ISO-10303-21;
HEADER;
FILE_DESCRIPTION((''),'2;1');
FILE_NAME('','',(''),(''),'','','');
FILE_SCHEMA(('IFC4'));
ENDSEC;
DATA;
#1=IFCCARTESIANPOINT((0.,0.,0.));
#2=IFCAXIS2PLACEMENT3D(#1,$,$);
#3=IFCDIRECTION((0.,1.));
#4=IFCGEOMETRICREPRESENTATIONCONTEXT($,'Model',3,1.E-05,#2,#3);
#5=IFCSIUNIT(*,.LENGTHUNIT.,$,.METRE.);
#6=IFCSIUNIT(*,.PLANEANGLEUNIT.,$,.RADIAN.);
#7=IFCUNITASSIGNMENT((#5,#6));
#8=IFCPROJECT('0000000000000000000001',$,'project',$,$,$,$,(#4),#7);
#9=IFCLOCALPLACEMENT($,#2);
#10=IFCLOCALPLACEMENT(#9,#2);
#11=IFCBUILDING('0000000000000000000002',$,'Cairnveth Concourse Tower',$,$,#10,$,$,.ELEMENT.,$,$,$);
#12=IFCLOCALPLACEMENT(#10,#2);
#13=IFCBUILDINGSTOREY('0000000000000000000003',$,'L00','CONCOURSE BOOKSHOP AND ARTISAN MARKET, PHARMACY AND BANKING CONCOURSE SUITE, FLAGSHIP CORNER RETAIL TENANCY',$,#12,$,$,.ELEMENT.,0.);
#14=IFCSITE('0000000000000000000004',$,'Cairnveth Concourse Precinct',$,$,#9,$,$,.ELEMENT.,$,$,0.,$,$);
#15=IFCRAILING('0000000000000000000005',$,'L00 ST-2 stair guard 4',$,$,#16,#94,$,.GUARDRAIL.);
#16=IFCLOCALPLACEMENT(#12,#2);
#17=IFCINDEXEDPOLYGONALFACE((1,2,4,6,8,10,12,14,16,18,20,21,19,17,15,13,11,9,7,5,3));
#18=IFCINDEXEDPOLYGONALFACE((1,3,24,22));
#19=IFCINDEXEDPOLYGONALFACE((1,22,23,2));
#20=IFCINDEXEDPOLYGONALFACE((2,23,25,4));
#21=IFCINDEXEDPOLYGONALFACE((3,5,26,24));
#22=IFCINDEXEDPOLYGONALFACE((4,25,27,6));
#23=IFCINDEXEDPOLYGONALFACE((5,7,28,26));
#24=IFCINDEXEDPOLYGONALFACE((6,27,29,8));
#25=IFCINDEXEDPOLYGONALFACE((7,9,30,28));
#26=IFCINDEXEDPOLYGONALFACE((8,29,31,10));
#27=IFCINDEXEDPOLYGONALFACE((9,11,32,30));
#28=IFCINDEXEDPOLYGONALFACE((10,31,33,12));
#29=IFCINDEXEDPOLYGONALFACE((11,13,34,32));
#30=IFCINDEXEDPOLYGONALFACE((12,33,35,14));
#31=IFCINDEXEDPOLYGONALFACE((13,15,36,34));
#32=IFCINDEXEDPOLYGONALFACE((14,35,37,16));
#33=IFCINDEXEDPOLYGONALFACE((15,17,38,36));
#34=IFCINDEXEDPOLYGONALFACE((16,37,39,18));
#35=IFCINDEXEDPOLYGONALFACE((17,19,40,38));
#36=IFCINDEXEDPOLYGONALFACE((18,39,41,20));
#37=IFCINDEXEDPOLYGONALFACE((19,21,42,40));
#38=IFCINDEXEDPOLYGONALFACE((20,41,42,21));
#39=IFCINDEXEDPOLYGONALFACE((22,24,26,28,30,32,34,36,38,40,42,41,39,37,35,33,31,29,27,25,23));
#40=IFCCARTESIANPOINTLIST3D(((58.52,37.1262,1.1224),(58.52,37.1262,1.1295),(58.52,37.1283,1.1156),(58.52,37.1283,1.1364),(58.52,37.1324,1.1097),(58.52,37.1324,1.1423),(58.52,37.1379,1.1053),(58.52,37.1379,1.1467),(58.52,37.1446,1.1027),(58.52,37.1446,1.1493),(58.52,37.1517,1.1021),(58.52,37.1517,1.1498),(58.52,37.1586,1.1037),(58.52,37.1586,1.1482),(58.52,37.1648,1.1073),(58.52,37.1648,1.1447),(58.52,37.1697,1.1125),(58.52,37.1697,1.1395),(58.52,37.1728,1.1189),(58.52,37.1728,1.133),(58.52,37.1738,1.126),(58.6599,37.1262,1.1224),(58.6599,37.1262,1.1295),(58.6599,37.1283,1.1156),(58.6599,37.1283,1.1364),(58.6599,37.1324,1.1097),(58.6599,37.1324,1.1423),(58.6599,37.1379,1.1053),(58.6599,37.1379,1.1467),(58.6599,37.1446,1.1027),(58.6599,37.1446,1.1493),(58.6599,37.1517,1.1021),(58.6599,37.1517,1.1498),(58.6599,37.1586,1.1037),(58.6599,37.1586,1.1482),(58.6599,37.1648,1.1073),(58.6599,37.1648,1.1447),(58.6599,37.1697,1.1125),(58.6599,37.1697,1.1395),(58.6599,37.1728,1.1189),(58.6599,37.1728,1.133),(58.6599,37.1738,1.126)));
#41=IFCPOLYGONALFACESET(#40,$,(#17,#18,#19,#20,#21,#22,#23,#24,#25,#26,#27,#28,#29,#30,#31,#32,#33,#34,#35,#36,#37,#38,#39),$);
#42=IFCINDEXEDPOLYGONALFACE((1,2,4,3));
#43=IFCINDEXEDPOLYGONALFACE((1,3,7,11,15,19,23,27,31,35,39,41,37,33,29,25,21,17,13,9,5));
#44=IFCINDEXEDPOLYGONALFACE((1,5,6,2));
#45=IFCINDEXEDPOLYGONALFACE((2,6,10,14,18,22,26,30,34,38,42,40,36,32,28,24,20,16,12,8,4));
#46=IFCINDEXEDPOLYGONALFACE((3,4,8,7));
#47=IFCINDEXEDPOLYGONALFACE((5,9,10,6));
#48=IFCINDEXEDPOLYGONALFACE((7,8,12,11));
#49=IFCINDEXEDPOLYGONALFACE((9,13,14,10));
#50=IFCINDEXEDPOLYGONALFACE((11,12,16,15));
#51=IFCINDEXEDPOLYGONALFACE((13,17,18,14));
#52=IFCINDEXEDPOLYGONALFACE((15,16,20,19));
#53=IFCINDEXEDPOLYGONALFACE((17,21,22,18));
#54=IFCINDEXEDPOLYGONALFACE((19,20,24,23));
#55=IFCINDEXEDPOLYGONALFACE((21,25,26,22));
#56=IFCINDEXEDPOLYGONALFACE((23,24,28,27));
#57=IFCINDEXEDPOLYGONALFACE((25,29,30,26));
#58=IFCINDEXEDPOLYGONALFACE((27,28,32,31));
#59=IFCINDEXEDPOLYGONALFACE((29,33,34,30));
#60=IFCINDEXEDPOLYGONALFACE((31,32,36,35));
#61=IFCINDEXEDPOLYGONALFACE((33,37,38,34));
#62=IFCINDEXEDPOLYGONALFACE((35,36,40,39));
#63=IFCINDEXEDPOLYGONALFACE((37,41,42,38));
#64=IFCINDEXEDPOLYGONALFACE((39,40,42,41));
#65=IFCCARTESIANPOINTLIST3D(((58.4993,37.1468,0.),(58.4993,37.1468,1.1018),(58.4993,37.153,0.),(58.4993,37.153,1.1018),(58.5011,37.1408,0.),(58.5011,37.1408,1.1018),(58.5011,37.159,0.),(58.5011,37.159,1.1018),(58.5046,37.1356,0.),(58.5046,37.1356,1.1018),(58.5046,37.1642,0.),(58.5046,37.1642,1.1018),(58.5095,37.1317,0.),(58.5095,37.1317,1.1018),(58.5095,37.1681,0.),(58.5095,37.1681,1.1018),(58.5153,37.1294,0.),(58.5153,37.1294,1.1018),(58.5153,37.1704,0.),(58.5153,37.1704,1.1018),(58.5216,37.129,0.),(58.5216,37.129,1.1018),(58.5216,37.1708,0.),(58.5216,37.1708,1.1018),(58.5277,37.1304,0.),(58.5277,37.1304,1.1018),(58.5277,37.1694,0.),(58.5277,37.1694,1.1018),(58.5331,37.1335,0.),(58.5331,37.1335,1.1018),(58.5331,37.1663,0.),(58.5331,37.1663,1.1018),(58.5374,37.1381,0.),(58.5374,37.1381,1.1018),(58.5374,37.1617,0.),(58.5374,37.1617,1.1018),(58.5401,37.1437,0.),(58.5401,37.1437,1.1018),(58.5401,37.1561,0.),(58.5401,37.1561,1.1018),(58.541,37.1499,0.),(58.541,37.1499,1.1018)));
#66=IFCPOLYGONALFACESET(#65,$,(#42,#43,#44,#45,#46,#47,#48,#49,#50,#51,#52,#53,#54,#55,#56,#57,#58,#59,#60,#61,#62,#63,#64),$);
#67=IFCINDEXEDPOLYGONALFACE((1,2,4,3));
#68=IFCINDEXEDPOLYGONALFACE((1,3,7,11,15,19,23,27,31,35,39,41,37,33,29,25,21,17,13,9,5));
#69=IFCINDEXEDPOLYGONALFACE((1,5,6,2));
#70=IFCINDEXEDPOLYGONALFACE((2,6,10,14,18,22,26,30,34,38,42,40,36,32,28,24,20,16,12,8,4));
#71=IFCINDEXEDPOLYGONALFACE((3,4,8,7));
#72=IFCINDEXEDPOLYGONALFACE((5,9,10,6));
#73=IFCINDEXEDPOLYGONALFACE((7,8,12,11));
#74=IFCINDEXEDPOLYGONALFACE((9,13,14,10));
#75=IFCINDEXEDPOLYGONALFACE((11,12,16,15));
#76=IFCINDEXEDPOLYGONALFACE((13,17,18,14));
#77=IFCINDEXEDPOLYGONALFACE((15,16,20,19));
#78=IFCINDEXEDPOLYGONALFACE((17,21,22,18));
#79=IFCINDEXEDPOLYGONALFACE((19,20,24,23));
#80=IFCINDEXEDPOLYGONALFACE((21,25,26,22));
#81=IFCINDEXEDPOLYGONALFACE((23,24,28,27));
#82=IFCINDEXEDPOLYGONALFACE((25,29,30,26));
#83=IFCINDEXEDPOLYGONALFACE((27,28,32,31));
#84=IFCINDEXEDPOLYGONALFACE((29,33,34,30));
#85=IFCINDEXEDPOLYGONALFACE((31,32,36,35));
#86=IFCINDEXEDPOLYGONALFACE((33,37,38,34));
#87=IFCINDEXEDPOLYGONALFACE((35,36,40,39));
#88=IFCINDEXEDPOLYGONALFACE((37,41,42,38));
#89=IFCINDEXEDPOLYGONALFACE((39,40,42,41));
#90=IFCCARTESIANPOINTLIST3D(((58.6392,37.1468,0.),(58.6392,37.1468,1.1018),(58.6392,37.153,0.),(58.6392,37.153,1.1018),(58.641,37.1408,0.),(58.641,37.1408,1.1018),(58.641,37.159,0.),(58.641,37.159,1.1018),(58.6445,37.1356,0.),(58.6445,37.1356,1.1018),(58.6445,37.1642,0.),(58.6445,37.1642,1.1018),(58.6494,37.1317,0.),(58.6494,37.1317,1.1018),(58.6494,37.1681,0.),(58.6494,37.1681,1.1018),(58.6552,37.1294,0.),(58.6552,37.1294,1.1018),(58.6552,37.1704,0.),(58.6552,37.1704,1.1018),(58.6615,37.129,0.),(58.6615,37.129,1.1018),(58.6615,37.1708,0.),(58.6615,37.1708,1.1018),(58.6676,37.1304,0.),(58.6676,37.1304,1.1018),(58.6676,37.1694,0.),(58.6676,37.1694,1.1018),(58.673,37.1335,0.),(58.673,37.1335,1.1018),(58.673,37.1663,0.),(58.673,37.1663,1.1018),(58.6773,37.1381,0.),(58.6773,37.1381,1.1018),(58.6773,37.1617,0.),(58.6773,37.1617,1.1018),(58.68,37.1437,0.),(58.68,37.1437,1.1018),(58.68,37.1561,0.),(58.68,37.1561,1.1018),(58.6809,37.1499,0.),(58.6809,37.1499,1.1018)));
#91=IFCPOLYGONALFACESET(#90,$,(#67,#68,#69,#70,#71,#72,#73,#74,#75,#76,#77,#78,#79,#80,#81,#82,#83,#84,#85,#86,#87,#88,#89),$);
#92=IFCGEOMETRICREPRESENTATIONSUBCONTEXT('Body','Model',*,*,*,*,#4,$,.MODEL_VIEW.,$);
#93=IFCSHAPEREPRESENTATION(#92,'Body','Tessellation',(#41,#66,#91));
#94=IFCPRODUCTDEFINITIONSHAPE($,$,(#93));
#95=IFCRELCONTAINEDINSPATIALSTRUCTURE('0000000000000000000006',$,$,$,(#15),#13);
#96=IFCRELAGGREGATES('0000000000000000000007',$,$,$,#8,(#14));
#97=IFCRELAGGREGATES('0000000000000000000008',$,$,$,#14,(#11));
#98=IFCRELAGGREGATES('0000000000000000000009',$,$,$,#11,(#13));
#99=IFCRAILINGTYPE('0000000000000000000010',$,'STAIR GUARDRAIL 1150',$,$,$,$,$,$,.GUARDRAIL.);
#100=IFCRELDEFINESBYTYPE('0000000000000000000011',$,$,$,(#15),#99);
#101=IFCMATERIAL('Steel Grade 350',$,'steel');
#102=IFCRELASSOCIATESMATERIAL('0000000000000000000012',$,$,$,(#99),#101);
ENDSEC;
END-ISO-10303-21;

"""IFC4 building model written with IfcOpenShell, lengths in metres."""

from ifc_helpers import new_model, si_unit, direction, frame, origin, origin_2d, place, context, subcontext, project, spatial, circle, extrude, material, type_object, element, save


model = new_model("IFC4")

# Units and contexts
model_context = context("Model", 3, precision=1e-05, world=origin(), true_north=direction((0.0, 1.0)))
body_context = subcontext(model_context, "Body", "Model", "MODEL_VIEW")
ifc_project = project(units=[si_unit("LENGTHUNIT", "METRE"), si_unit("PLANEANGLEUNIT", "RADIAN")], contexts=[model_context])

# Site, building, storey
site_placement = place(None, origin())
site = spatial("IfcSite", under=ifc_project, at=site_placement, Name="Cairnveth Concourse Precinct", CompositionType="ELEMENT", RefElevation=0.0)
building_placement = place(site_placement, origin())
building = spatial("IfcBuilding", under=site, at=building_placement, Name="Cairnveth Concourse Tower", CompositionType="ELEMENT")
storey_placement = place(building_placement, origin())
storey = spatial("IfcBuildingStorey", under=building, at=storey_placement, Name="L00", Description="CONCOURSE BOOKSHOP AND ARTISAN MARKET, PHARMACY AND BANKING CONCOURSE SUITE, FLAGSHIP CORNER RETAIL TENANCY", CompositionType="ELEMENT", Elevation=0.0)

# Shared definitions
ifc_material_1 = material(Name="Steel Grade 350", Category="steel")

# Railing
railing_type = type_object("IfcRailingType", Name="STAIR GUARDRAIL 1150", PredefinedType="GUARDRAIL", material=ifc_material_1)
railing_1_placement = place(storey_placement, frame((58.52, 37.1499, 0.0)))
element("IfcRailing", 1, at=railing_1_placement, inside=storey, type_object=railing_type, Name="L00 ST-2 stair guard 4", PredefinedType="GUARDRAIL", context=body_context, shape_type="SweptSolid", body=[
    extrude(circle(Radius=0.0239, at=origin_2d()), frame((0.0, 0.0, 1.126), z_axis=(1.0, 0.0, 0.0), x_axis=(0.0, 1.0, 0.0)), (0.0, 0.0, 1.0), 0.1399),
    extrude(circle(Radius=0.021, at=origin_2d()), origin(), (0.0, 0.0, 1.0), 1.1018),
    extrude(circle(Radius=0.021, at=origin_2d()), frame((0.1399, 0.0, 0.0)), (0.0, 0.0, 1.0), 1.1018),
])

save(model, "model.ifc")
